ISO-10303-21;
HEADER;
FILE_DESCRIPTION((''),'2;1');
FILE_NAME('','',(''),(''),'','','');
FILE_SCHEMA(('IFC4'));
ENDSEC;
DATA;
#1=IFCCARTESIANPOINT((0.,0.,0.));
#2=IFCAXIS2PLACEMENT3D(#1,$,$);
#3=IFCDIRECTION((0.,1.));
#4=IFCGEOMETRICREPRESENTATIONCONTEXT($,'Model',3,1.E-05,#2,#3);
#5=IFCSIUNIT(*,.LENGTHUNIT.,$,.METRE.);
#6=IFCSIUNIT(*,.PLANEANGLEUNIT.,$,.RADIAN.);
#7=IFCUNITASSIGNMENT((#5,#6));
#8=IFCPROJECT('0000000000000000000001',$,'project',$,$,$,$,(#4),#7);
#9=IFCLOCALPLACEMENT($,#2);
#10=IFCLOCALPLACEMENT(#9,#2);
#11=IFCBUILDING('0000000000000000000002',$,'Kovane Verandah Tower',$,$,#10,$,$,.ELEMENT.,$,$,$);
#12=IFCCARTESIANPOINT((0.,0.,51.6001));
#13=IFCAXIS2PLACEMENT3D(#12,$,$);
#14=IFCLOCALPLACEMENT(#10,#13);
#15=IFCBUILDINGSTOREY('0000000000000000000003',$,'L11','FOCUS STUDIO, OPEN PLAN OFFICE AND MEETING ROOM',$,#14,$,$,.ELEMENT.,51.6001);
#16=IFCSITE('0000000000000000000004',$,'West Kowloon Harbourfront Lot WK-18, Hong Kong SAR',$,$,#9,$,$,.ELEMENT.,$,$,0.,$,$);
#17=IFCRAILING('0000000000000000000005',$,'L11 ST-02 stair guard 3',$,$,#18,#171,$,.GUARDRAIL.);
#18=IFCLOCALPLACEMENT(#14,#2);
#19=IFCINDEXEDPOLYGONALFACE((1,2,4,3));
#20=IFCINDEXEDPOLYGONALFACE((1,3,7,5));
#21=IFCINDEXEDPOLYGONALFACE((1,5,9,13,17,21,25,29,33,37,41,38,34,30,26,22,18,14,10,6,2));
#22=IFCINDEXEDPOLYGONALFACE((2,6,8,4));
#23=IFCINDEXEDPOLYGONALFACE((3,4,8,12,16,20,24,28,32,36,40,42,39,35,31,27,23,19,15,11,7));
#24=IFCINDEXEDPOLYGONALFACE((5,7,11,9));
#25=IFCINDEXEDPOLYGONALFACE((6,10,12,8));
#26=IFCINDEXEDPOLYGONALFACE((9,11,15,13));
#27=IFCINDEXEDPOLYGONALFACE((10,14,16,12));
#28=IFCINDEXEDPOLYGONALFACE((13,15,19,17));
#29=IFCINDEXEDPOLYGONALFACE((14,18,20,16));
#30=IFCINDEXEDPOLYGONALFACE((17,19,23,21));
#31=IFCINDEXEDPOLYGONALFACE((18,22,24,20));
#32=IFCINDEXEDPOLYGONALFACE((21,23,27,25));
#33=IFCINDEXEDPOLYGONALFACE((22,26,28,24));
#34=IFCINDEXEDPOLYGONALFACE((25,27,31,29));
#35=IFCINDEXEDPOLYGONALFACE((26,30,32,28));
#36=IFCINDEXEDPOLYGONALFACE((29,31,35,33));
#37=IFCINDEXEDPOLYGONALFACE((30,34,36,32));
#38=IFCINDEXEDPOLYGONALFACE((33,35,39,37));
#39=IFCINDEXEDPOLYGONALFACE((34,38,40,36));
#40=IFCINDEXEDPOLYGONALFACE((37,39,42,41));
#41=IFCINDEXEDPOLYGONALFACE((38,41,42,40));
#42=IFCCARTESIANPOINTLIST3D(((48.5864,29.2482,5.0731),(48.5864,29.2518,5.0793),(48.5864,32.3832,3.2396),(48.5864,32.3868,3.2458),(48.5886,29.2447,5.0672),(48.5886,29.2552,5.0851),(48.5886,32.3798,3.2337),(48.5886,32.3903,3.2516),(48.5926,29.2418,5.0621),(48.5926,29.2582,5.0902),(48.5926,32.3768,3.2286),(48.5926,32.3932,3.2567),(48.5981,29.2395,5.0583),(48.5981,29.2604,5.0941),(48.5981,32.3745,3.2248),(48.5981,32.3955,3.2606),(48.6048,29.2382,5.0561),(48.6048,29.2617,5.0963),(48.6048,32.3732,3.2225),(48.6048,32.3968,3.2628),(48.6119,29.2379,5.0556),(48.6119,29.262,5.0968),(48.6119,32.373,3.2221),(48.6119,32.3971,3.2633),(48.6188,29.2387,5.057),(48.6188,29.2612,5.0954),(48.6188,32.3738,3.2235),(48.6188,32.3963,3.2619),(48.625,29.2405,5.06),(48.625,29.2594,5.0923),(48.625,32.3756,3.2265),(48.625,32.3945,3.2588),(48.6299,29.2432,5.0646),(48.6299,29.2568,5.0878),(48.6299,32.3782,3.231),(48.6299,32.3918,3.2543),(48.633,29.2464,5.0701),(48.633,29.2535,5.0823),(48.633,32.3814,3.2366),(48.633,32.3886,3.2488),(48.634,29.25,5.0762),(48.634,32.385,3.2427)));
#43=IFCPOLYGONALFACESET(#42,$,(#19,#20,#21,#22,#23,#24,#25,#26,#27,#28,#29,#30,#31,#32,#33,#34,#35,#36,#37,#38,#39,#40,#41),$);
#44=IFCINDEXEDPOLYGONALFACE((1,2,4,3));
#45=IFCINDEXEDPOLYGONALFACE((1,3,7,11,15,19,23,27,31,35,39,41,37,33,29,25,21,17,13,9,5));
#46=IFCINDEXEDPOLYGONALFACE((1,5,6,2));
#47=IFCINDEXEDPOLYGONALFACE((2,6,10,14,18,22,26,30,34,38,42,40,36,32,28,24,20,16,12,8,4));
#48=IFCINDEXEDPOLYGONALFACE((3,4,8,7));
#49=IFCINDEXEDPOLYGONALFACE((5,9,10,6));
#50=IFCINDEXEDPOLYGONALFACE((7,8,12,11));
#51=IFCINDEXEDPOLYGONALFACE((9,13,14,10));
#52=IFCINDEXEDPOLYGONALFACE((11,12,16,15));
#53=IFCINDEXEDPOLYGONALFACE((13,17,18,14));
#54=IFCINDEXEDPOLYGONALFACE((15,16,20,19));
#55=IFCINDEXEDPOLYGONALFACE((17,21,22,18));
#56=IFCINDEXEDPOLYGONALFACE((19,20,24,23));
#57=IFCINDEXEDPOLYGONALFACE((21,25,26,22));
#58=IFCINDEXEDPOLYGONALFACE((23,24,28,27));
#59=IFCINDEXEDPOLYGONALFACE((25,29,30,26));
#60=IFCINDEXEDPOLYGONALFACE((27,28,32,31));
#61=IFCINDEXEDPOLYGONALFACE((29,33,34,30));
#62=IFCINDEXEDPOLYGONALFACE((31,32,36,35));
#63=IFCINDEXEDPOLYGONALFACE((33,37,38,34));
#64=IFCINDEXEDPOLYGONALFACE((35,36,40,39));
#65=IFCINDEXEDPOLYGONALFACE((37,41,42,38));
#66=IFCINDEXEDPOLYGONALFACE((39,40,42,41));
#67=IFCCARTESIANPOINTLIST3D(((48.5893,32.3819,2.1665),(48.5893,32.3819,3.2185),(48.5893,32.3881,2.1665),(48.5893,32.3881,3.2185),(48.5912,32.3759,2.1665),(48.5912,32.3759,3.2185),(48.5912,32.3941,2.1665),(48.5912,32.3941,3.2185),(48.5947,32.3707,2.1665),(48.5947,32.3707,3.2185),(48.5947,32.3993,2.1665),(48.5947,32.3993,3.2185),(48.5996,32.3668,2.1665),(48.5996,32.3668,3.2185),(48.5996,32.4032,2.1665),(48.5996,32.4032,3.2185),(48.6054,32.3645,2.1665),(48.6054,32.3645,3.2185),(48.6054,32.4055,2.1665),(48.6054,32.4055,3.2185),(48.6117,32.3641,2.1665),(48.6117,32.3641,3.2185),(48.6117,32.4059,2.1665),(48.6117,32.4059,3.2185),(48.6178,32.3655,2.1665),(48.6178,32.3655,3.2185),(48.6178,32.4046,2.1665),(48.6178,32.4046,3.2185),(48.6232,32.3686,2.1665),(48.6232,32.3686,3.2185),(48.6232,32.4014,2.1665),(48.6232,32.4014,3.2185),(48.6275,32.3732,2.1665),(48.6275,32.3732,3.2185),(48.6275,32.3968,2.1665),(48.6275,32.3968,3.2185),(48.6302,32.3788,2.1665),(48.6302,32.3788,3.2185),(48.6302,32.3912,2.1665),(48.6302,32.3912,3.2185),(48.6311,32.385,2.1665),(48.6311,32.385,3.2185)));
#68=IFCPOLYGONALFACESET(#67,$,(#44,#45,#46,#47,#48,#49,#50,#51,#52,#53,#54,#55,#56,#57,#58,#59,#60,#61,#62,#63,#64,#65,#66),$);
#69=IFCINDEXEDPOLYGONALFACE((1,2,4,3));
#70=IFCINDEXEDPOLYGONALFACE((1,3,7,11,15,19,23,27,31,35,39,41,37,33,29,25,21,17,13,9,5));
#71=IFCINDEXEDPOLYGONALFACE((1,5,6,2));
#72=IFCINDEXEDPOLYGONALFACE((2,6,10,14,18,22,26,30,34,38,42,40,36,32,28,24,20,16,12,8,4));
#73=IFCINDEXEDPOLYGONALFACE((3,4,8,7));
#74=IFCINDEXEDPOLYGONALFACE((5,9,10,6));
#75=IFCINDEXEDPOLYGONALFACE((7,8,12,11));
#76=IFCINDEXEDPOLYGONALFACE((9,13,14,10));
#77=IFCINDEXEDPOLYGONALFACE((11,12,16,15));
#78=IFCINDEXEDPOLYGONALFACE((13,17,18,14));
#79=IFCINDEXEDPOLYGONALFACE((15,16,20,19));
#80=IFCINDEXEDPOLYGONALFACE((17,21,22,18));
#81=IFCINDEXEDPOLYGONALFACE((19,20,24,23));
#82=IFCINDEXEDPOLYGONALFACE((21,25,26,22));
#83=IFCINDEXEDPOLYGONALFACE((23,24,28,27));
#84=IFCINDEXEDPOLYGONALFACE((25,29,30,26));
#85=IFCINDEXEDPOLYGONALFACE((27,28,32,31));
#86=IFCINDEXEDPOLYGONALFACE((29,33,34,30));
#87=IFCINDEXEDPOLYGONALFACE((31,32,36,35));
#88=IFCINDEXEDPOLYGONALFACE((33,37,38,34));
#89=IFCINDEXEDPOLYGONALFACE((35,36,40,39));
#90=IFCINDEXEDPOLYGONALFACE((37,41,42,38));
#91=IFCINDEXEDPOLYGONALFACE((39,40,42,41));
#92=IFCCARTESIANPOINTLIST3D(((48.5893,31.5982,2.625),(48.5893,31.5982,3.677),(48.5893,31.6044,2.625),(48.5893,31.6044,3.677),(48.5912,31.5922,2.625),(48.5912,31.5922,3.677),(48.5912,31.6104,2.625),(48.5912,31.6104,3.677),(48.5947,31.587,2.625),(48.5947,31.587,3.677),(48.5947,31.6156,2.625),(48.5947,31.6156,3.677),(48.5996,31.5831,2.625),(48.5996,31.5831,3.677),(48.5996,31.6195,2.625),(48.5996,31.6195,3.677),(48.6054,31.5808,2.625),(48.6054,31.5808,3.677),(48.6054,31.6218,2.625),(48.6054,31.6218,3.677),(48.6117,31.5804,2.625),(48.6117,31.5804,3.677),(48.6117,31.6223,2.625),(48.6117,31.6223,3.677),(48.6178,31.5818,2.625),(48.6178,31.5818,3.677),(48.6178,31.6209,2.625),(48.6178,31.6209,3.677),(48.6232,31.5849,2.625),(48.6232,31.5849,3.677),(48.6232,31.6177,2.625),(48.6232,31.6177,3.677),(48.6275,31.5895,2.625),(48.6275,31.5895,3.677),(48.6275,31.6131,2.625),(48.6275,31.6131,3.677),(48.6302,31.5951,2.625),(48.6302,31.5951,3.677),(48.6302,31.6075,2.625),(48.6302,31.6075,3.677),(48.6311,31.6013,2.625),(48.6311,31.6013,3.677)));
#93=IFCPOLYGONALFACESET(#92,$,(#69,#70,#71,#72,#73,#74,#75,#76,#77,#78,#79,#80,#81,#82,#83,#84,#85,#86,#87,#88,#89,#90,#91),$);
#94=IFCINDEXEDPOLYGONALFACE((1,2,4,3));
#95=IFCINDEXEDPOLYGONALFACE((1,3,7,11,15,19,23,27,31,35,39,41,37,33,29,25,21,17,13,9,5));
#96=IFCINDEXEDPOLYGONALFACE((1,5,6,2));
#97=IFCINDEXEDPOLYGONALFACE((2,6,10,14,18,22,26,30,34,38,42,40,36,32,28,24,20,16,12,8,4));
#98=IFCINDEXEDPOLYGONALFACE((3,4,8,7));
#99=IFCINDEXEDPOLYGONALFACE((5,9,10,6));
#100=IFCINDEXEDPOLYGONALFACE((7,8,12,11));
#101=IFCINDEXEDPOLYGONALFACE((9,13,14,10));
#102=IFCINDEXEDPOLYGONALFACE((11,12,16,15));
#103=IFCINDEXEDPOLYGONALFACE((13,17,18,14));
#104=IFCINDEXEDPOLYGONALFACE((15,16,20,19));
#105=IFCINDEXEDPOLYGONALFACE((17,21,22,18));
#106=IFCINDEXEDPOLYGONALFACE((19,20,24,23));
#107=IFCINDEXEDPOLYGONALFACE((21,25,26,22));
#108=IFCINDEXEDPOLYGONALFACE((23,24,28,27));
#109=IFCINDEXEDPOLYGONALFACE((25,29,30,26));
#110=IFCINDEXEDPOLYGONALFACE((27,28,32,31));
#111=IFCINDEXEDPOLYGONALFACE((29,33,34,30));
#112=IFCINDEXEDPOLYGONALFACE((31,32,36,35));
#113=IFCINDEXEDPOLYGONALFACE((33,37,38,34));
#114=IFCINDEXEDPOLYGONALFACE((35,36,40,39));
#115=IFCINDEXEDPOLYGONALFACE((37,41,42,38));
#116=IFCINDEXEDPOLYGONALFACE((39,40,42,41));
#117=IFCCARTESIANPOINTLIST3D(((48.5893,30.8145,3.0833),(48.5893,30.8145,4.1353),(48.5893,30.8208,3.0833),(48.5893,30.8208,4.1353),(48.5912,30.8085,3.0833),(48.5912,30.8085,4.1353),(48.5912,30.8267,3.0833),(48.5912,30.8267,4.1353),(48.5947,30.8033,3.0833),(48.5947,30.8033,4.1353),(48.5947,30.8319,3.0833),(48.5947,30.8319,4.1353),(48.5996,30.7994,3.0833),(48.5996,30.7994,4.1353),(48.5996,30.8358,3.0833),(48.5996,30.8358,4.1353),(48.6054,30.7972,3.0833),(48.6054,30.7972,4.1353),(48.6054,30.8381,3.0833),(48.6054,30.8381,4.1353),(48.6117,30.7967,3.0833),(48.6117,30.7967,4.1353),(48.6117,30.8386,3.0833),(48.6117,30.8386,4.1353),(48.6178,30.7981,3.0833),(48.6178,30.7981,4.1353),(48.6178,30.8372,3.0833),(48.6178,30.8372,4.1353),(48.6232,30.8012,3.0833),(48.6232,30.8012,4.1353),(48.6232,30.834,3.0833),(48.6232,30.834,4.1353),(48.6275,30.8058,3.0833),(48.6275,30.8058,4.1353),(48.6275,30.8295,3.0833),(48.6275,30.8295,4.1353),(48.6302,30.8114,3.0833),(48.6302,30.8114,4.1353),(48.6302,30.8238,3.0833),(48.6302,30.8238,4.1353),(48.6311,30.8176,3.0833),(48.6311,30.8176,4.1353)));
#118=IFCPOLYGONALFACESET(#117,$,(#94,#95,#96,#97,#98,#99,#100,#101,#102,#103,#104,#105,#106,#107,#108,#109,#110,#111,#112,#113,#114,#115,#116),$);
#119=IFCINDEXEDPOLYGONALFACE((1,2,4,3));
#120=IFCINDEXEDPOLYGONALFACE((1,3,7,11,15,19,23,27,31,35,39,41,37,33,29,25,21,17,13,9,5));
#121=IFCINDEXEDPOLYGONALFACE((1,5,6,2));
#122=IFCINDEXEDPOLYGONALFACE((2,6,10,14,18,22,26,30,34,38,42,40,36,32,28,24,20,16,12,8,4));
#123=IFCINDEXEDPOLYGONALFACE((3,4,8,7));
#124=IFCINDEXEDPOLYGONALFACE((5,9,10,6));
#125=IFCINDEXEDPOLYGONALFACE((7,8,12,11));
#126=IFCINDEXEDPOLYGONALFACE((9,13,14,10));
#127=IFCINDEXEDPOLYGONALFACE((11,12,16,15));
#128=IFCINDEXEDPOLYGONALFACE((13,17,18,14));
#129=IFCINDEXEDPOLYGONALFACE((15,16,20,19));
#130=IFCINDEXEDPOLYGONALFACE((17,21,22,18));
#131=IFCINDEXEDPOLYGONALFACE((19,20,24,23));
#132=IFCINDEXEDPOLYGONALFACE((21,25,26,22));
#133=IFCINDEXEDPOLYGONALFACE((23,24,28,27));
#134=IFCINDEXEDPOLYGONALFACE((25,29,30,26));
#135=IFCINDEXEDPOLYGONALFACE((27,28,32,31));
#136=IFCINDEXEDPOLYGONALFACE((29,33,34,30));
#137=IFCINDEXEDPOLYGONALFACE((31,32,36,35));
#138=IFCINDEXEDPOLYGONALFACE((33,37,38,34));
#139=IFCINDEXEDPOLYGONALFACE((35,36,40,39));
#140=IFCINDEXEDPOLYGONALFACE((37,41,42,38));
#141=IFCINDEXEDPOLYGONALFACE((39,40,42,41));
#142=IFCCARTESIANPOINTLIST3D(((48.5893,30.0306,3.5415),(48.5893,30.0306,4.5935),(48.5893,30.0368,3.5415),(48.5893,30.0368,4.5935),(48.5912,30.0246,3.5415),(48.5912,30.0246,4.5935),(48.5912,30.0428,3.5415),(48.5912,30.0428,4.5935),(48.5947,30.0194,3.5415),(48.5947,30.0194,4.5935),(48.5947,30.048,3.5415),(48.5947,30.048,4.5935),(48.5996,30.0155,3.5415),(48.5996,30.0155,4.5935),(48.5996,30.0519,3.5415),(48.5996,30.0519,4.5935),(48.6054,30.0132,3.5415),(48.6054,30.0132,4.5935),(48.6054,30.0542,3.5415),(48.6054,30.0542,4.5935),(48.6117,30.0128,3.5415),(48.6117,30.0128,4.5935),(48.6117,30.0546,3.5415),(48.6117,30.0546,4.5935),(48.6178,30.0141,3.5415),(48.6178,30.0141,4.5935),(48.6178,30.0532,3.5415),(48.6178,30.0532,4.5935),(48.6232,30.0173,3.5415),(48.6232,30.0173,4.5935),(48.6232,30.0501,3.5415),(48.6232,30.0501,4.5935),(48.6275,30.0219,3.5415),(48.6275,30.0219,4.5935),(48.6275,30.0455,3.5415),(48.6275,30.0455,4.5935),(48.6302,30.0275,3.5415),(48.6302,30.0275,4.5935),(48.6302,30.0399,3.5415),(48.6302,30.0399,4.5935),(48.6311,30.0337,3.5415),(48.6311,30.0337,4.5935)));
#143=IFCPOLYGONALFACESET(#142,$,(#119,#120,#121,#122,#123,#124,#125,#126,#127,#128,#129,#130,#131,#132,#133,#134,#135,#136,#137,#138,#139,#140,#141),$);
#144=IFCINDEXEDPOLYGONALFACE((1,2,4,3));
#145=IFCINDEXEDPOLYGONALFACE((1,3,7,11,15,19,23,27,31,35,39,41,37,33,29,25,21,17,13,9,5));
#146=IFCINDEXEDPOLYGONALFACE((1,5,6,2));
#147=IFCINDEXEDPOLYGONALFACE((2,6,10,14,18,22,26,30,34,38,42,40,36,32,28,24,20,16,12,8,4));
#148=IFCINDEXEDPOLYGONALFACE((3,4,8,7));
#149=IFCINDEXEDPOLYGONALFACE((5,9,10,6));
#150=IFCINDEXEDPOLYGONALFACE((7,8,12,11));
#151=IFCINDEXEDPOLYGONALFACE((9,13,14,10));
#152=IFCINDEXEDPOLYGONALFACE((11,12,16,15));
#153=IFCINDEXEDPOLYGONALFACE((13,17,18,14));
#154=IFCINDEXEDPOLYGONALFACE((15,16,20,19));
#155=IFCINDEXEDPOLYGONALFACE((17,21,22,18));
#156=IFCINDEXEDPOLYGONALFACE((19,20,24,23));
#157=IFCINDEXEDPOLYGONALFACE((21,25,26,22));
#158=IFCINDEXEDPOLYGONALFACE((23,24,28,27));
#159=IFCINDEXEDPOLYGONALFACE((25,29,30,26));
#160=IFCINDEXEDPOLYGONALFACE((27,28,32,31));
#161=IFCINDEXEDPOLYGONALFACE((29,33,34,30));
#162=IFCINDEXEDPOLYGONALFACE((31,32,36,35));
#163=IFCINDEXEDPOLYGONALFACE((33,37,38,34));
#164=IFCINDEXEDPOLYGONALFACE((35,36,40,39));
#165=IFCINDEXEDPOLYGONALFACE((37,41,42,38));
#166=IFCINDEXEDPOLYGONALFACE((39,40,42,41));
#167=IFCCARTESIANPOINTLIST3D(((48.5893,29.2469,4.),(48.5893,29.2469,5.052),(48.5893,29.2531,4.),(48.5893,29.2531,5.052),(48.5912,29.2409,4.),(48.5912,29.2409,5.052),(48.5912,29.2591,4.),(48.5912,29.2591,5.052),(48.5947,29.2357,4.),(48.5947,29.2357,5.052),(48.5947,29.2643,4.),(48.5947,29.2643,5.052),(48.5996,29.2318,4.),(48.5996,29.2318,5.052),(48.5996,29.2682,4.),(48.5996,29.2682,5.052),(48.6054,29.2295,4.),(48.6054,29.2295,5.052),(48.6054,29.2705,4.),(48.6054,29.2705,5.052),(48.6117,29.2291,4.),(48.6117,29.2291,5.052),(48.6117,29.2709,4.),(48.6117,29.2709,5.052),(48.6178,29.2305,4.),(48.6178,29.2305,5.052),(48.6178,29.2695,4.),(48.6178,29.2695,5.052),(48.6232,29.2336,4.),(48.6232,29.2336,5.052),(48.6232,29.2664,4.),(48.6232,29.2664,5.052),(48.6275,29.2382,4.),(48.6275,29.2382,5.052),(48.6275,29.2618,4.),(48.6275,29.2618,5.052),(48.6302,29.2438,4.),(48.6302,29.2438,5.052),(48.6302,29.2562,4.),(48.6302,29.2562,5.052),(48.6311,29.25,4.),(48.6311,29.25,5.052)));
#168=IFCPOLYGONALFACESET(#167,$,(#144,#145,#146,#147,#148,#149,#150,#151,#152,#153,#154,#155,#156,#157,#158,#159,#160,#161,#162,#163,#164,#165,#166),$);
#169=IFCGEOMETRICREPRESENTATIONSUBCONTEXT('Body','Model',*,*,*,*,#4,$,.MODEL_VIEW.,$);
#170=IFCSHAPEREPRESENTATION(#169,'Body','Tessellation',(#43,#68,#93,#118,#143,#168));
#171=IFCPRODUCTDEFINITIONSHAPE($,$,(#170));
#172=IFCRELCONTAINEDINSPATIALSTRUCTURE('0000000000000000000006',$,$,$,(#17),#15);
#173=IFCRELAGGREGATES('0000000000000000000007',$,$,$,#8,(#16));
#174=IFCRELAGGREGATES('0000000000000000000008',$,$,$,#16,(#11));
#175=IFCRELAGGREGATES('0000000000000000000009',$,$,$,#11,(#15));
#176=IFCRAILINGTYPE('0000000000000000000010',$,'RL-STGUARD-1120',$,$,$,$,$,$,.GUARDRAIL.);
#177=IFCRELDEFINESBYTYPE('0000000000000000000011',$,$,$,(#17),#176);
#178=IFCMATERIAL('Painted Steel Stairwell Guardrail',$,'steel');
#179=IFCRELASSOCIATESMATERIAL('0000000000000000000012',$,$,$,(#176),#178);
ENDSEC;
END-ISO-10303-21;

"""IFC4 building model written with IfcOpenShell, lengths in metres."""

from ifc_helpers import new_model, si_unit, direction, frame, origin, origin_2d, place, context, subcontext, project, spatial, circle, extrude, material, type_object, element, save


model = new_model("IFC4")

# Units and contexts
model_context = context("Model", 3, precision=1e-05, world=origin(), true_north=direction((0.0, 1.0)))
body_context = subcontext(model_context, "Body", "Model", "MODEL_VIEW")
ifc_project = project(units=[si_unit("LENGTHUNIT", "METRE"), si_unit("PLANEANGLEUNIT", "RADIAN")], contexts=[model_context])

# Site, building, storey
site_placement = place(None, origin())
site = spatial("IfcSite", under=ifc_project, at=site_placement, Name="West Kowloon Harbourfront Lot WK-18, Hong Kong SAR", CompositionType="ELEMENT", RefElevation=0.0)
building_placement = place(site_placement, origin())
building = spatial("IfcBuilding", under=site, at=building_placement, Name="Kovane Verandah Tower", CompositionType="ELEMENT")
storey_placement = place(building_placement, frame((0.0, 0.0, 51.6001)))
storey = spatial("IfcBuildingStorey", under=building, at=storey_placement, Name="L11", Description="FOCUS STUDIO, OPEN PLAN OFFICE AND MEETING ROOM", CompositionType="ELEMENT", Elevation=51.6001)

# Railing
ifc_material_1 = material(Name="Painted Steel Stairwell Guardrail", Category="steel")
railing_type_1 = type_object("IfcRailingType", Name="RL-STGUARD-1120", PredefinedType="GUARDRAIL", material=ifc_material_1)
for number, where, name in (
    (1, (48.6101, 32.385, 2.1665), "L11 ST-02 stair guard 3"),
):
    element("IfcRailing", number, at=place(storey_placement, frame(where)), inside=storey, type_object=railing_type_1, Name=name, PredefinedType="GUARDRAIL", context=body_context, shape_type="SweptSolid", body=[
        extrude(circle(Radius=0.0239, at=origin_2d()), frame((0.0, 0.0, 1.0762), z_axis=(0.0, -0.86321, 0.504845), x_axis=(1.0, 0.0, 0.0)), (0.0, 0.0, 1.0), 3.6318),
        extrude(circle(Radius=0.021, at=origin_2d()), origin(), (0.0, 0.0, 1.0), 1.052),
        extrude(circle(Radius=0.021, at=origin_2d()), frame((0.0, -0.7837, 0.4585)), (0.0, 0.0, 1.0), 1.052),
        extrude(circle(Radius=0.021, at=origin_2d()), frame((0.0, -1.5674, 0.9167)), (0.0, 0.0, 1.0), 1.052),
        extrude(circle(Radius=0.021, at=origin_2d()), frame((0.0, -2.3513, 1.375)), (0.0, 0.0, 1.0), 1.052),
        extrude(circle(Radius=0.021, at=origin_2d()), frame((0.0, -3.135, 1.8335)), (0.0, 0.0, 1.0), 1.052),
    ])

save(model, "model.ifc")
